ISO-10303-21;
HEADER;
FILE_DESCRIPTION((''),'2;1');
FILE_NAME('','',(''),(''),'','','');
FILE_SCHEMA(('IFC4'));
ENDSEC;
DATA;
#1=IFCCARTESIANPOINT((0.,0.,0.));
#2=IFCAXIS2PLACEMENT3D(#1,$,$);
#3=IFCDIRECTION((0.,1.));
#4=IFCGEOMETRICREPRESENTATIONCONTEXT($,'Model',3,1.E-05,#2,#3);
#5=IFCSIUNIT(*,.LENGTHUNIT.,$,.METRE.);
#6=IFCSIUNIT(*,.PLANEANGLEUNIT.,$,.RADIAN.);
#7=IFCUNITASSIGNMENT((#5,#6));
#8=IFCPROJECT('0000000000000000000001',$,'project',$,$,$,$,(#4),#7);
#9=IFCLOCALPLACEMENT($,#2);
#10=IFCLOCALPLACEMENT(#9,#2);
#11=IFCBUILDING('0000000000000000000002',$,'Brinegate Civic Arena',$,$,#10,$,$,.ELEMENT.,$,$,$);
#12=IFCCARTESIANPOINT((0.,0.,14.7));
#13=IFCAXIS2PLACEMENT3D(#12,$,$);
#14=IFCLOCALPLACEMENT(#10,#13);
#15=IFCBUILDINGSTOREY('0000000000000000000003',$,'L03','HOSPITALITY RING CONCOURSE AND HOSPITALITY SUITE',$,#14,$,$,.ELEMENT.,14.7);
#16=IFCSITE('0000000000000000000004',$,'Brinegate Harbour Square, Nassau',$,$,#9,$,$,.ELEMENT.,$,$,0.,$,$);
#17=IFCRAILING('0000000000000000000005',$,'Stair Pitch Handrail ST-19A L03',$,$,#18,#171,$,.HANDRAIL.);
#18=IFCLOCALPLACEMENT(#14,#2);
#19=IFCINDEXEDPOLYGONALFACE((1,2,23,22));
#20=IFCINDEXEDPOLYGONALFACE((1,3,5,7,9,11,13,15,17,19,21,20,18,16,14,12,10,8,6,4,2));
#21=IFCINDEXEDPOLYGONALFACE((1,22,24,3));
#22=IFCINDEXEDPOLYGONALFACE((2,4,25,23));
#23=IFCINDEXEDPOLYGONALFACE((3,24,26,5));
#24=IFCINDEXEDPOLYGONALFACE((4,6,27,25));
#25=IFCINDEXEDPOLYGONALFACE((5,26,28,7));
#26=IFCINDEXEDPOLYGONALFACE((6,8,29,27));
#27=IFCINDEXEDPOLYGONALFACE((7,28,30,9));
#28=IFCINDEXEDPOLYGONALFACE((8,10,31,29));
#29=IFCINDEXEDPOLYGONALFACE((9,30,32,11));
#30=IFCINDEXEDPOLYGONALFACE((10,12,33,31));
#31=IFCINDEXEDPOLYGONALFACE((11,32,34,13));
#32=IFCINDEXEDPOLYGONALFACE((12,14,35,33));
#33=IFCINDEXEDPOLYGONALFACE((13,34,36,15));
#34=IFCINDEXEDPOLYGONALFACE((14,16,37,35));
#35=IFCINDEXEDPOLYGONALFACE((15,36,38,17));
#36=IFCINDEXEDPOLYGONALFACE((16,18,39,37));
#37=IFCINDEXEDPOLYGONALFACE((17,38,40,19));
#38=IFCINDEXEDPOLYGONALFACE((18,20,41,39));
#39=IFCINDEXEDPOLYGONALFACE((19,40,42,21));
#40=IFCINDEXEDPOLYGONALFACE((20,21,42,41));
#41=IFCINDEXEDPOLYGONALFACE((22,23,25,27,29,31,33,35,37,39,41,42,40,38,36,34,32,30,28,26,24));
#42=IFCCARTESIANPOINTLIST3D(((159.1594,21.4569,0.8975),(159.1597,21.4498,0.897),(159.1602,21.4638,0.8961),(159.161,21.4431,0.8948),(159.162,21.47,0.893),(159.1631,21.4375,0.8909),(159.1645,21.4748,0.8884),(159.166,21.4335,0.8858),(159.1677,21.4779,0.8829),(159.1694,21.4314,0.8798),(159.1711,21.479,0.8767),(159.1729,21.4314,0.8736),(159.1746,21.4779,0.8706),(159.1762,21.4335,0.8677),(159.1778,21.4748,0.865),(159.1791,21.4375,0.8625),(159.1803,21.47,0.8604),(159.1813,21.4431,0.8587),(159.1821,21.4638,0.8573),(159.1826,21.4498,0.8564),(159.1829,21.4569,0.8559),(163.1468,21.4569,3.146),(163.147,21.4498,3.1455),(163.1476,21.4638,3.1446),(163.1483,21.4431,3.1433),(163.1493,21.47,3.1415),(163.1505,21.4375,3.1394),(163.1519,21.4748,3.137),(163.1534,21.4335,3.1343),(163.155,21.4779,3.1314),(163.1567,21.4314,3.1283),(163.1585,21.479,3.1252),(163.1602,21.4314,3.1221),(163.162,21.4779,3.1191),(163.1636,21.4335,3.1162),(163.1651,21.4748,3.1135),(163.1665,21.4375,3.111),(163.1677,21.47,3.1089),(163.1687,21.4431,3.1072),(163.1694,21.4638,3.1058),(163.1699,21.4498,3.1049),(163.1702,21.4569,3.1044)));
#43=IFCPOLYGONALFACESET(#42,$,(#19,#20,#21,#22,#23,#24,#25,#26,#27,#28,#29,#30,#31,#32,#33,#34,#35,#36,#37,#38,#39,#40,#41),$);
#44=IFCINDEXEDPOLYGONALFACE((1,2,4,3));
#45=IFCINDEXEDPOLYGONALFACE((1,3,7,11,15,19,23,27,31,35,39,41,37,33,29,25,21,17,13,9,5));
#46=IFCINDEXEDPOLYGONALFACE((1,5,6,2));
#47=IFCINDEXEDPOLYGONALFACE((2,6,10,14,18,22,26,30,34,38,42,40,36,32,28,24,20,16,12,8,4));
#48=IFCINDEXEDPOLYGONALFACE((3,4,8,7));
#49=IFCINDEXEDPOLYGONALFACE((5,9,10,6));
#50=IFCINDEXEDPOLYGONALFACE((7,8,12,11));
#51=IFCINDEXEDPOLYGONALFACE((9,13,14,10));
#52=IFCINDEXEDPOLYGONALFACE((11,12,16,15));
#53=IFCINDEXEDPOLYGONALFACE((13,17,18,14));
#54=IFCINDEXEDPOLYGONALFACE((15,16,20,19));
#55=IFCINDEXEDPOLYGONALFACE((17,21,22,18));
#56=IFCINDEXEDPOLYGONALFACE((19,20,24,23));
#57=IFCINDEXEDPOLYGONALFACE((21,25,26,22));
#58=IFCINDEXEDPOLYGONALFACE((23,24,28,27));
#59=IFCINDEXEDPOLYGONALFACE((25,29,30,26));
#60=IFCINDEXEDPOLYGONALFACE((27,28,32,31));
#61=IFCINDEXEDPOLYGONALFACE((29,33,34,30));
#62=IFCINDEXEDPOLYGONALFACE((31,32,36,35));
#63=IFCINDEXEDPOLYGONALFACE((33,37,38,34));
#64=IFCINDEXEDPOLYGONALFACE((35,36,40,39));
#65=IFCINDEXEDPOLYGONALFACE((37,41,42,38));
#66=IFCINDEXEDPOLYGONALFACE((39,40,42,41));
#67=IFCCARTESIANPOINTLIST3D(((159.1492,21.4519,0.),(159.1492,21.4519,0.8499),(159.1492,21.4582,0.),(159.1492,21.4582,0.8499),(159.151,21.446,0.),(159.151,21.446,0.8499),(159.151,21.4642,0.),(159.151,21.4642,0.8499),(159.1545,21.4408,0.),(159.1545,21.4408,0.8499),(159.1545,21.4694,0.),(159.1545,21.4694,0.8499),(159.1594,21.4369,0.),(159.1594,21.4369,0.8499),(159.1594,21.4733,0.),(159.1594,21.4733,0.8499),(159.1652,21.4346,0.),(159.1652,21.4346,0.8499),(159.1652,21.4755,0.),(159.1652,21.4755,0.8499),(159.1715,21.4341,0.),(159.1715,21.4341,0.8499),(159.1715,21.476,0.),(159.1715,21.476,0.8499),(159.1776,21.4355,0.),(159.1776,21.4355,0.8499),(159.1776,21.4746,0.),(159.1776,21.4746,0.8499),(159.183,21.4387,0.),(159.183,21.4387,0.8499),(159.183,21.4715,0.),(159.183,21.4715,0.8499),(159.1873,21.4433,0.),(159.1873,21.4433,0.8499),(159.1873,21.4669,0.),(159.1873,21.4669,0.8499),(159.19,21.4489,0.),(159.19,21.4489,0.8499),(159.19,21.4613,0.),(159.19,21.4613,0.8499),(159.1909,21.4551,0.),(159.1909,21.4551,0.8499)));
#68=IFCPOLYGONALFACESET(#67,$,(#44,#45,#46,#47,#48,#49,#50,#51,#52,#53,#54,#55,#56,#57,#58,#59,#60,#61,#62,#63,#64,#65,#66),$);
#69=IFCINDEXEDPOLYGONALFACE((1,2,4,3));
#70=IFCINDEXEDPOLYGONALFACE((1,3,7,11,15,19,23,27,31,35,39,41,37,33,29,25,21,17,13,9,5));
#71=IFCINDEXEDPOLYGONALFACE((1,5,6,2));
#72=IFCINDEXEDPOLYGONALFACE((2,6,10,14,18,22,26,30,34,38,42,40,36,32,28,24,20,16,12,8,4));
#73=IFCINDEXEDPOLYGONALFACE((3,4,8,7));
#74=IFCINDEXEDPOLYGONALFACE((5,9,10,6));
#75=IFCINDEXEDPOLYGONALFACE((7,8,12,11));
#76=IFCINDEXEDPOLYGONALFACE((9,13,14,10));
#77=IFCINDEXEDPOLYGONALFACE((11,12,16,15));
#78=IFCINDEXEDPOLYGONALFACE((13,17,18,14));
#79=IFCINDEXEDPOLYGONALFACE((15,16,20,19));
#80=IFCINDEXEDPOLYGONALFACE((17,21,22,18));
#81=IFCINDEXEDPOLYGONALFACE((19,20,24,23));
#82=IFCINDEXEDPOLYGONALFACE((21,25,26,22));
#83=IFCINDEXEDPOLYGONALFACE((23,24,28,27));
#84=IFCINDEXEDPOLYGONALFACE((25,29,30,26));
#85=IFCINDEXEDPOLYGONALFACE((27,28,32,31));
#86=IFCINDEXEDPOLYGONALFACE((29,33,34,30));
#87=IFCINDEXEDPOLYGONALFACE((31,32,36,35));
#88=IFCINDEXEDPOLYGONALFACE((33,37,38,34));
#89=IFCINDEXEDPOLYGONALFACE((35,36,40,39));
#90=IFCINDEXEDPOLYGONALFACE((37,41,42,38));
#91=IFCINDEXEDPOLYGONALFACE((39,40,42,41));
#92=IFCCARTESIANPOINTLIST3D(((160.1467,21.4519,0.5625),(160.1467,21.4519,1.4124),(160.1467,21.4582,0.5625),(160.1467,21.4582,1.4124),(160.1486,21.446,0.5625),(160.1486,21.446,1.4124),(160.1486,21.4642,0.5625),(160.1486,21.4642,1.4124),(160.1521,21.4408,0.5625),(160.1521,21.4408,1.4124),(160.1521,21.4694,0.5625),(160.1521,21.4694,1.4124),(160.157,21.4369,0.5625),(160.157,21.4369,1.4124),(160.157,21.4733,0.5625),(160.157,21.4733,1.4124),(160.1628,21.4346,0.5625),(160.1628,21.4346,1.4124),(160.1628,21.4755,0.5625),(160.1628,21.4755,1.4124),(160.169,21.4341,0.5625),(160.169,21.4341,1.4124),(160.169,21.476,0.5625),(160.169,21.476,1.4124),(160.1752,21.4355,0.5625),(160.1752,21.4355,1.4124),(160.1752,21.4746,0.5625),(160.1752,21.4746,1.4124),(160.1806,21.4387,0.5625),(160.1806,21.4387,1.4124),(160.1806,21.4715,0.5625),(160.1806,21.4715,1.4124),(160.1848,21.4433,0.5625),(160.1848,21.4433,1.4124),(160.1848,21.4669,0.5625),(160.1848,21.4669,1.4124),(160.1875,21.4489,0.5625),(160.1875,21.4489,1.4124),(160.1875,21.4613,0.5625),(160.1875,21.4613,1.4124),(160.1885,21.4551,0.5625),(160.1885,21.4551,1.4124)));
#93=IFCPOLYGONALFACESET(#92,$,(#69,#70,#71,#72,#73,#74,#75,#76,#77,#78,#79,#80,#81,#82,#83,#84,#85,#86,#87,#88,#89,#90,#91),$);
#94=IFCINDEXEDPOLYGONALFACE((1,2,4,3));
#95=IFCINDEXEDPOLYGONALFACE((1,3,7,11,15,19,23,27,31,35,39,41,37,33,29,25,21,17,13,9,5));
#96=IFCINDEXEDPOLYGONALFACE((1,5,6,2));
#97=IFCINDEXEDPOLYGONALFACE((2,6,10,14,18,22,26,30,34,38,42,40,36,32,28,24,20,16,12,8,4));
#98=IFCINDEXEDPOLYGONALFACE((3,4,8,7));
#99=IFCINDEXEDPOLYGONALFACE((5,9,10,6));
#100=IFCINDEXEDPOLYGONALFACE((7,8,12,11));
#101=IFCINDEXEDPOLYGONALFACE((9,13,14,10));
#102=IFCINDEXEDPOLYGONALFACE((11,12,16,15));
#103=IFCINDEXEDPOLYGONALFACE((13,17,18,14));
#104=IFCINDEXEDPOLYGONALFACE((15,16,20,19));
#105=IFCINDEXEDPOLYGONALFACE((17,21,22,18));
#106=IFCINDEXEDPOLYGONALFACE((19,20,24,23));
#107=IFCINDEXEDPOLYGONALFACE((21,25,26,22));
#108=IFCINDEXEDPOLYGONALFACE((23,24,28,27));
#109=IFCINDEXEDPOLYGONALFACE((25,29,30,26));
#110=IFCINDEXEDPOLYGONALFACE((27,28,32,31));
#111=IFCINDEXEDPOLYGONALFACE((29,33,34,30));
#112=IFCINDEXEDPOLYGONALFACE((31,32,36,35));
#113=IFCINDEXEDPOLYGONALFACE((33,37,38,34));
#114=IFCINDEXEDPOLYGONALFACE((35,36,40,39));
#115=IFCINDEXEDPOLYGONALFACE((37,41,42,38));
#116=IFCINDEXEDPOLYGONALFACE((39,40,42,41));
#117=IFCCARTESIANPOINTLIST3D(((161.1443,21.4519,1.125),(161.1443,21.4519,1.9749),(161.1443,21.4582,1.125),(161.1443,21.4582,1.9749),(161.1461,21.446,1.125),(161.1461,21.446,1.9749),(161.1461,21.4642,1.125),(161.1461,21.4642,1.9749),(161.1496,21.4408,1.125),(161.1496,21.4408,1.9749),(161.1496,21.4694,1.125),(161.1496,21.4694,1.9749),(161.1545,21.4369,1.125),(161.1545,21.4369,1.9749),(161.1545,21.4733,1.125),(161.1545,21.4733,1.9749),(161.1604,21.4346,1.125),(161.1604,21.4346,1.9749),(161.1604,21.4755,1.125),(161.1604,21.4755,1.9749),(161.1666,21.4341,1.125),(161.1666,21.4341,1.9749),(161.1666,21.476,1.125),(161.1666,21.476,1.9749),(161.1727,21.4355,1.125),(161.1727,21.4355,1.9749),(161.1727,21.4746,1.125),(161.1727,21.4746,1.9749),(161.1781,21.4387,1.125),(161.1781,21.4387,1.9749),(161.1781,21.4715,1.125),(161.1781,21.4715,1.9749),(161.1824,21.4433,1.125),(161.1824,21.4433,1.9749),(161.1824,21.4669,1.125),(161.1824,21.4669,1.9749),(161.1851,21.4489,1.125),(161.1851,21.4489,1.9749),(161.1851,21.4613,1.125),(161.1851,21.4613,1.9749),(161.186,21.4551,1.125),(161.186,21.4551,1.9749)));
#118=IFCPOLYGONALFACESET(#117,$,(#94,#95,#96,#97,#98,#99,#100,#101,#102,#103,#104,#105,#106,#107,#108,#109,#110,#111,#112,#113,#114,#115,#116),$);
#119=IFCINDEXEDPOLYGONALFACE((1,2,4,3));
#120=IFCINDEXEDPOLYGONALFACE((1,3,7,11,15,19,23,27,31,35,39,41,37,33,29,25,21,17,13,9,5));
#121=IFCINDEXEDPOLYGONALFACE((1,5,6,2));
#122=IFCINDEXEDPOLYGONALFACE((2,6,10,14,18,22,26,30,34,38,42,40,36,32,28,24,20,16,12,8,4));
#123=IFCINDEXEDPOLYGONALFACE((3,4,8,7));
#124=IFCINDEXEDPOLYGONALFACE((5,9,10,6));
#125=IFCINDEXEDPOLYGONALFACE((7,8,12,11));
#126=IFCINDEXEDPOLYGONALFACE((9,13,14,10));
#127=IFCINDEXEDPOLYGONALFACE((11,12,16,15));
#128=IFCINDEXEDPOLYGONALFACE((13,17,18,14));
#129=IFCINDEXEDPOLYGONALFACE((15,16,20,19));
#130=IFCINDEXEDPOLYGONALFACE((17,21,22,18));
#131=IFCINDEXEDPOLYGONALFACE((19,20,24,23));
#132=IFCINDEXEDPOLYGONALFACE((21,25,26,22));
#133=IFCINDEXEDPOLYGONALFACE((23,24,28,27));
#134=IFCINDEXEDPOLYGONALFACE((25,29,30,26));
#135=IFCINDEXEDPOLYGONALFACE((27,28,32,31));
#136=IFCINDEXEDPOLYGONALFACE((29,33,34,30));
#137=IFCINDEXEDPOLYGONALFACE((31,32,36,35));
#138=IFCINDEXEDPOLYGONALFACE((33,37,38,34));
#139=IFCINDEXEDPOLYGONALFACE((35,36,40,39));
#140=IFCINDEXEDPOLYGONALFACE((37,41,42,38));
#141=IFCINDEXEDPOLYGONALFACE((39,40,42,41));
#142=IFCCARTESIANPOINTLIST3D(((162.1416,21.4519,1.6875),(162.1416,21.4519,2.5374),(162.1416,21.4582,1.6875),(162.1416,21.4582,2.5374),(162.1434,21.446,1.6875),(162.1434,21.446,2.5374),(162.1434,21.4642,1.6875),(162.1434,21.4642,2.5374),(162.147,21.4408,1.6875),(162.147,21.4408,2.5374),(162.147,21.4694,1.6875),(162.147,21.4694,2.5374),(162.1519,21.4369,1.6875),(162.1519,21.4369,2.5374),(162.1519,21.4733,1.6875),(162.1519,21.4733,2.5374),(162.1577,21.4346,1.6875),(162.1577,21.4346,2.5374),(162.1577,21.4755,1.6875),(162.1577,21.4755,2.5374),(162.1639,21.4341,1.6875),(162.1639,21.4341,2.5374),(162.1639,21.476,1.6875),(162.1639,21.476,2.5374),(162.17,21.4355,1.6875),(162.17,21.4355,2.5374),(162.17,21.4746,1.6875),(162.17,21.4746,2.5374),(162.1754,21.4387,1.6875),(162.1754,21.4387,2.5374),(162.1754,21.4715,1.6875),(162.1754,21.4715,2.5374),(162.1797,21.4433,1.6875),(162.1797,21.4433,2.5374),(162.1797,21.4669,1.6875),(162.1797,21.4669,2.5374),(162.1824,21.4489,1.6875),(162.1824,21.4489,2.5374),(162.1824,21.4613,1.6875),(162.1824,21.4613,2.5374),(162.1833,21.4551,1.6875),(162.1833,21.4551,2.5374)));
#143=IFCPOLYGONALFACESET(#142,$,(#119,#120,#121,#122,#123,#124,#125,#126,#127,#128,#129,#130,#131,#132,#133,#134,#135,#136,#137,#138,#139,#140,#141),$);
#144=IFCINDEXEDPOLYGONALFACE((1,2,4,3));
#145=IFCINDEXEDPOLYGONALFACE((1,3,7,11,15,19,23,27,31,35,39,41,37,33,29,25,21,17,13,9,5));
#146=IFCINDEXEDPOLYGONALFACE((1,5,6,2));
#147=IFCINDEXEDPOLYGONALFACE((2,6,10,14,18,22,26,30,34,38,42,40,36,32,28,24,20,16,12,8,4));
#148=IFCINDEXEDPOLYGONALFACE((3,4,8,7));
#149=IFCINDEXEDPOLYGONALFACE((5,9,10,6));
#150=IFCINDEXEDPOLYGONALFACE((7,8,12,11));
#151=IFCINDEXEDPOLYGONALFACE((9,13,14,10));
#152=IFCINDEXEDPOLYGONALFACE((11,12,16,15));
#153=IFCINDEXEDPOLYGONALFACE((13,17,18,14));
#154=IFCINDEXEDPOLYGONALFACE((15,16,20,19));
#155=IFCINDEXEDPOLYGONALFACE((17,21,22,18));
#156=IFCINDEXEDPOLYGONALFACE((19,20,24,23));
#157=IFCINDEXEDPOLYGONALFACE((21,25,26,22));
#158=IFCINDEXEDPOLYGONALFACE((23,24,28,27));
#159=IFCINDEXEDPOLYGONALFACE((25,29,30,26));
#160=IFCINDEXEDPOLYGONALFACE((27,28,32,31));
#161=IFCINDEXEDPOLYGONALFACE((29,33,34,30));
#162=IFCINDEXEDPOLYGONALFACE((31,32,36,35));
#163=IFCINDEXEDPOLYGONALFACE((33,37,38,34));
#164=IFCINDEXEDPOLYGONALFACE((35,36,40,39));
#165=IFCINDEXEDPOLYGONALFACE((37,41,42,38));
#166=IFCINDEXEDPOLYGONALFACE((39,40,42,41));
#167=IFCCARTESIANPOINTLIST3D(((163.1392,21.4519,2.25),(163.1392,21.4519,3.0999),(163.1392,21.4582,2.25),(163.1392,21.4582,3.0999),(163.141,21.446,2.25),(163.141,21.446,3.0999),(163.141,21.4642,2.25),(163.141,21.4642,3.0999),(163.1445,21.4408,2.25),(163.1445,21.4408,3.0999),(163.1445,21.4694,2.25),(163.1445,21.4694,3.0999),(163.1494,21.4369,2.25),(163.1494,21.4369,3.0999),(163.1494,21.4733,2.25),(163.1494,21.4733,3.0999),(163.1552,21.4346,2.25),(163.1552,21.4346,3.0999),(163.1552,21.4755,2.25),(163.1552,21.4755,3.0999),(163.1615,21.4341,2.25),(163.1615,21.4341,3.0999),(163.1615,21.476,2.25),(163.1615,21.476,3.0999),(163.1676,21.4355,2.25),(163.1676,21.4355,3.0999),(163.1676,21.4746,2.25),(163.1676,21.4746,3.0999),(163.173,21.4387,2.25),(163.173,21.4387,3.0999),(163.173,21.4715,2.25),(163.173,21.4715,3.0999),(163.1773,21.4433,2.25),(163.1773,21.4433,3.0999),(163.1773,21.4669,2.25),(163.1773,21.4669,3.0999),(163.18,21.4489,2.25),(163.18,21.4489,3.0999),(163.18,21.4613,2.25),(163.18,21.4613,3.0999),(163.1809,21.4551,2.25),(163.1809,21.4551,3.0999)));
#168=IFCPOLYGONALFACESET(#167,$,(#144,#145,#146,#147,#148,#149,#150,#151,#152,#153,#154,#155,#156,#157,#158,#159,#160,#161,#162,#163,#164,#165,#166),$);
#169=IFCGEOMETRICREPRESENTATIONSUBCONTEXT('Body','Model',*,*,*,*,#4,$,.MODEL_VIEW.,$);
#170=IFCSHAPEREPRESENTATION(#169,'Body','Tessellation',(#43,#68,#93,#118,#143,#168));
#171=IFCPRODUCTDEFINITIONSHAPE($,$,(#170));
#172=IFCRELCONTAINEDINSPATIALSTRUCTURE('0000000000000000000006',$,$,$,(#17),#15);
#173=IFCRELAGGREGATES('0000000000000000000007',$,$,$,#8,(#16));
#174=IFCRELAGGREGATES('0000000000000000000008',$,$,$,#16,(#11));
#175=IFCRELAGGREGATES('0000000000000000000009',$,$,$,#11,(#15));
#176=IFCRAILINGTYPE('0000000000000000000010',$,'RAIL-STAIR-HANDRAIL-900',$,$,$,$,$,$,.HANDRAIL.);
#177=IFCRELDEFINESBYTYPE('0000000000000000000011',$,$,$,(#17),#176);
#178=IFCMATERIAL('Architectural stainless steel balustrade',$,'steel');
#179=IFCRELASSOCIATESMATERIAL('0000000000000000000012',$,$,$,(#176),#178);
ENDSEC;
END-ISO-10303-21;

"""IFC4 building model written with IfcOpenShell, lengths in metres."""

from ifc_helpers import new_model, si_unit, direction, frame, origin, origin_2d, place, context, subcontext, project, spatial, circle, extrude, material, type_object, element, save


model = new_model("IFC4")

# Units and contexts
model_context = context("Model", 3, precision=1e-05, world=origin(), true_north=direction((0.0, 1.0)))
body_context = subcontext(model_context, "Body", "Model", "MODEL_VIEW")
ifc_project = project(units=[si_unit("LENGTHUNIT", "METRE"), si_unit("PLANEANGLEUNIT", "RADIAN")], contexts=[model_context])

# Site, building, storey
site_placement = place(None, origin())
site = spatial("IfcSite", under=ifc_project, at=site_placement, Name="Brinegate Harbour Square, Nassau", CompositionType="ELEMENT", RefElevation=0.0)
building_placement = place(site_placement, origin())
building = spatial("IfcBuilding", under=site, at=building_placement, Name="Brinegate Civic Arena", CompositionType="ELEMENT")
storey_placement = place(building_placement, frame((0.0, 0.0, 14.7)))
storey = spatial("IfcBuildingStorey", under=building, at=storey_placement, Name="L03", Description="HOSPITALITY RING CONCOURSE AND HOSPITALITY SUITE", CompositionType="ELEMENT", Elevation=14.7)

# Railing
ifc_material_1 = material(Name="Architectural stainless steel balustrade", Category="steel")
railing_type_1 = type_object("IfcRailingType", Name="RAIL-STAIR-HANDRAIL-900", PredefinedType="HANDRAIL", material=ifc_material_1)
for number, where, name in (
    (1, (159.1699, 21.4551, 0.0), "Stair Pitch Handrail ST-19A L03"),
):
    element("IfcRailing", number, at=place(storey_placement, frame(where)), inside=storey, type_object=railing_type_1, Name=name, PredefinedType="HANDRAIL", context=body_context, shape_type="SweptSolid", body=[
        extrude(circle(Radius=0.0239, at=origin_2d()), frame((0.0012, 0.0, 0.8767), z_axis=(0.87105, 0.0, 0.491195), x_axis=(0.0, 1.0, 0.0)), (0.0, 0.0, 1.0), 4.5776),
        extrude(circle(Radius=0.021, at=origin_2d()), origin(), (0.0, 0.0, 1.0), 0.8499),
        extrude(circle(Radius=0.021, at=origin_2d()), frame((0.9976, 0.0, 0.5625)), (0.0, 0.0, 1.0), 0.8499),
        extrude(circle(Radius=0.021, at=origin_2d()), frame((1.9951, 0.0, 1.125)), (0.0, 0.0, 1.0), 0.8499),
        extrude(circle(Radius=0.021, at=origin_2d()), frame((2.9924, 0.0, 1.6875)), (0.0, 0.0, 1.0), 0.8499),
        extrude(circle(Radius=0.021, at=origin_2d()), frame((3.99, 0.0, 2.25)), (0.0, 0.0, 1.0), 0.8499),
    ])

save(model, "model.ifc")
